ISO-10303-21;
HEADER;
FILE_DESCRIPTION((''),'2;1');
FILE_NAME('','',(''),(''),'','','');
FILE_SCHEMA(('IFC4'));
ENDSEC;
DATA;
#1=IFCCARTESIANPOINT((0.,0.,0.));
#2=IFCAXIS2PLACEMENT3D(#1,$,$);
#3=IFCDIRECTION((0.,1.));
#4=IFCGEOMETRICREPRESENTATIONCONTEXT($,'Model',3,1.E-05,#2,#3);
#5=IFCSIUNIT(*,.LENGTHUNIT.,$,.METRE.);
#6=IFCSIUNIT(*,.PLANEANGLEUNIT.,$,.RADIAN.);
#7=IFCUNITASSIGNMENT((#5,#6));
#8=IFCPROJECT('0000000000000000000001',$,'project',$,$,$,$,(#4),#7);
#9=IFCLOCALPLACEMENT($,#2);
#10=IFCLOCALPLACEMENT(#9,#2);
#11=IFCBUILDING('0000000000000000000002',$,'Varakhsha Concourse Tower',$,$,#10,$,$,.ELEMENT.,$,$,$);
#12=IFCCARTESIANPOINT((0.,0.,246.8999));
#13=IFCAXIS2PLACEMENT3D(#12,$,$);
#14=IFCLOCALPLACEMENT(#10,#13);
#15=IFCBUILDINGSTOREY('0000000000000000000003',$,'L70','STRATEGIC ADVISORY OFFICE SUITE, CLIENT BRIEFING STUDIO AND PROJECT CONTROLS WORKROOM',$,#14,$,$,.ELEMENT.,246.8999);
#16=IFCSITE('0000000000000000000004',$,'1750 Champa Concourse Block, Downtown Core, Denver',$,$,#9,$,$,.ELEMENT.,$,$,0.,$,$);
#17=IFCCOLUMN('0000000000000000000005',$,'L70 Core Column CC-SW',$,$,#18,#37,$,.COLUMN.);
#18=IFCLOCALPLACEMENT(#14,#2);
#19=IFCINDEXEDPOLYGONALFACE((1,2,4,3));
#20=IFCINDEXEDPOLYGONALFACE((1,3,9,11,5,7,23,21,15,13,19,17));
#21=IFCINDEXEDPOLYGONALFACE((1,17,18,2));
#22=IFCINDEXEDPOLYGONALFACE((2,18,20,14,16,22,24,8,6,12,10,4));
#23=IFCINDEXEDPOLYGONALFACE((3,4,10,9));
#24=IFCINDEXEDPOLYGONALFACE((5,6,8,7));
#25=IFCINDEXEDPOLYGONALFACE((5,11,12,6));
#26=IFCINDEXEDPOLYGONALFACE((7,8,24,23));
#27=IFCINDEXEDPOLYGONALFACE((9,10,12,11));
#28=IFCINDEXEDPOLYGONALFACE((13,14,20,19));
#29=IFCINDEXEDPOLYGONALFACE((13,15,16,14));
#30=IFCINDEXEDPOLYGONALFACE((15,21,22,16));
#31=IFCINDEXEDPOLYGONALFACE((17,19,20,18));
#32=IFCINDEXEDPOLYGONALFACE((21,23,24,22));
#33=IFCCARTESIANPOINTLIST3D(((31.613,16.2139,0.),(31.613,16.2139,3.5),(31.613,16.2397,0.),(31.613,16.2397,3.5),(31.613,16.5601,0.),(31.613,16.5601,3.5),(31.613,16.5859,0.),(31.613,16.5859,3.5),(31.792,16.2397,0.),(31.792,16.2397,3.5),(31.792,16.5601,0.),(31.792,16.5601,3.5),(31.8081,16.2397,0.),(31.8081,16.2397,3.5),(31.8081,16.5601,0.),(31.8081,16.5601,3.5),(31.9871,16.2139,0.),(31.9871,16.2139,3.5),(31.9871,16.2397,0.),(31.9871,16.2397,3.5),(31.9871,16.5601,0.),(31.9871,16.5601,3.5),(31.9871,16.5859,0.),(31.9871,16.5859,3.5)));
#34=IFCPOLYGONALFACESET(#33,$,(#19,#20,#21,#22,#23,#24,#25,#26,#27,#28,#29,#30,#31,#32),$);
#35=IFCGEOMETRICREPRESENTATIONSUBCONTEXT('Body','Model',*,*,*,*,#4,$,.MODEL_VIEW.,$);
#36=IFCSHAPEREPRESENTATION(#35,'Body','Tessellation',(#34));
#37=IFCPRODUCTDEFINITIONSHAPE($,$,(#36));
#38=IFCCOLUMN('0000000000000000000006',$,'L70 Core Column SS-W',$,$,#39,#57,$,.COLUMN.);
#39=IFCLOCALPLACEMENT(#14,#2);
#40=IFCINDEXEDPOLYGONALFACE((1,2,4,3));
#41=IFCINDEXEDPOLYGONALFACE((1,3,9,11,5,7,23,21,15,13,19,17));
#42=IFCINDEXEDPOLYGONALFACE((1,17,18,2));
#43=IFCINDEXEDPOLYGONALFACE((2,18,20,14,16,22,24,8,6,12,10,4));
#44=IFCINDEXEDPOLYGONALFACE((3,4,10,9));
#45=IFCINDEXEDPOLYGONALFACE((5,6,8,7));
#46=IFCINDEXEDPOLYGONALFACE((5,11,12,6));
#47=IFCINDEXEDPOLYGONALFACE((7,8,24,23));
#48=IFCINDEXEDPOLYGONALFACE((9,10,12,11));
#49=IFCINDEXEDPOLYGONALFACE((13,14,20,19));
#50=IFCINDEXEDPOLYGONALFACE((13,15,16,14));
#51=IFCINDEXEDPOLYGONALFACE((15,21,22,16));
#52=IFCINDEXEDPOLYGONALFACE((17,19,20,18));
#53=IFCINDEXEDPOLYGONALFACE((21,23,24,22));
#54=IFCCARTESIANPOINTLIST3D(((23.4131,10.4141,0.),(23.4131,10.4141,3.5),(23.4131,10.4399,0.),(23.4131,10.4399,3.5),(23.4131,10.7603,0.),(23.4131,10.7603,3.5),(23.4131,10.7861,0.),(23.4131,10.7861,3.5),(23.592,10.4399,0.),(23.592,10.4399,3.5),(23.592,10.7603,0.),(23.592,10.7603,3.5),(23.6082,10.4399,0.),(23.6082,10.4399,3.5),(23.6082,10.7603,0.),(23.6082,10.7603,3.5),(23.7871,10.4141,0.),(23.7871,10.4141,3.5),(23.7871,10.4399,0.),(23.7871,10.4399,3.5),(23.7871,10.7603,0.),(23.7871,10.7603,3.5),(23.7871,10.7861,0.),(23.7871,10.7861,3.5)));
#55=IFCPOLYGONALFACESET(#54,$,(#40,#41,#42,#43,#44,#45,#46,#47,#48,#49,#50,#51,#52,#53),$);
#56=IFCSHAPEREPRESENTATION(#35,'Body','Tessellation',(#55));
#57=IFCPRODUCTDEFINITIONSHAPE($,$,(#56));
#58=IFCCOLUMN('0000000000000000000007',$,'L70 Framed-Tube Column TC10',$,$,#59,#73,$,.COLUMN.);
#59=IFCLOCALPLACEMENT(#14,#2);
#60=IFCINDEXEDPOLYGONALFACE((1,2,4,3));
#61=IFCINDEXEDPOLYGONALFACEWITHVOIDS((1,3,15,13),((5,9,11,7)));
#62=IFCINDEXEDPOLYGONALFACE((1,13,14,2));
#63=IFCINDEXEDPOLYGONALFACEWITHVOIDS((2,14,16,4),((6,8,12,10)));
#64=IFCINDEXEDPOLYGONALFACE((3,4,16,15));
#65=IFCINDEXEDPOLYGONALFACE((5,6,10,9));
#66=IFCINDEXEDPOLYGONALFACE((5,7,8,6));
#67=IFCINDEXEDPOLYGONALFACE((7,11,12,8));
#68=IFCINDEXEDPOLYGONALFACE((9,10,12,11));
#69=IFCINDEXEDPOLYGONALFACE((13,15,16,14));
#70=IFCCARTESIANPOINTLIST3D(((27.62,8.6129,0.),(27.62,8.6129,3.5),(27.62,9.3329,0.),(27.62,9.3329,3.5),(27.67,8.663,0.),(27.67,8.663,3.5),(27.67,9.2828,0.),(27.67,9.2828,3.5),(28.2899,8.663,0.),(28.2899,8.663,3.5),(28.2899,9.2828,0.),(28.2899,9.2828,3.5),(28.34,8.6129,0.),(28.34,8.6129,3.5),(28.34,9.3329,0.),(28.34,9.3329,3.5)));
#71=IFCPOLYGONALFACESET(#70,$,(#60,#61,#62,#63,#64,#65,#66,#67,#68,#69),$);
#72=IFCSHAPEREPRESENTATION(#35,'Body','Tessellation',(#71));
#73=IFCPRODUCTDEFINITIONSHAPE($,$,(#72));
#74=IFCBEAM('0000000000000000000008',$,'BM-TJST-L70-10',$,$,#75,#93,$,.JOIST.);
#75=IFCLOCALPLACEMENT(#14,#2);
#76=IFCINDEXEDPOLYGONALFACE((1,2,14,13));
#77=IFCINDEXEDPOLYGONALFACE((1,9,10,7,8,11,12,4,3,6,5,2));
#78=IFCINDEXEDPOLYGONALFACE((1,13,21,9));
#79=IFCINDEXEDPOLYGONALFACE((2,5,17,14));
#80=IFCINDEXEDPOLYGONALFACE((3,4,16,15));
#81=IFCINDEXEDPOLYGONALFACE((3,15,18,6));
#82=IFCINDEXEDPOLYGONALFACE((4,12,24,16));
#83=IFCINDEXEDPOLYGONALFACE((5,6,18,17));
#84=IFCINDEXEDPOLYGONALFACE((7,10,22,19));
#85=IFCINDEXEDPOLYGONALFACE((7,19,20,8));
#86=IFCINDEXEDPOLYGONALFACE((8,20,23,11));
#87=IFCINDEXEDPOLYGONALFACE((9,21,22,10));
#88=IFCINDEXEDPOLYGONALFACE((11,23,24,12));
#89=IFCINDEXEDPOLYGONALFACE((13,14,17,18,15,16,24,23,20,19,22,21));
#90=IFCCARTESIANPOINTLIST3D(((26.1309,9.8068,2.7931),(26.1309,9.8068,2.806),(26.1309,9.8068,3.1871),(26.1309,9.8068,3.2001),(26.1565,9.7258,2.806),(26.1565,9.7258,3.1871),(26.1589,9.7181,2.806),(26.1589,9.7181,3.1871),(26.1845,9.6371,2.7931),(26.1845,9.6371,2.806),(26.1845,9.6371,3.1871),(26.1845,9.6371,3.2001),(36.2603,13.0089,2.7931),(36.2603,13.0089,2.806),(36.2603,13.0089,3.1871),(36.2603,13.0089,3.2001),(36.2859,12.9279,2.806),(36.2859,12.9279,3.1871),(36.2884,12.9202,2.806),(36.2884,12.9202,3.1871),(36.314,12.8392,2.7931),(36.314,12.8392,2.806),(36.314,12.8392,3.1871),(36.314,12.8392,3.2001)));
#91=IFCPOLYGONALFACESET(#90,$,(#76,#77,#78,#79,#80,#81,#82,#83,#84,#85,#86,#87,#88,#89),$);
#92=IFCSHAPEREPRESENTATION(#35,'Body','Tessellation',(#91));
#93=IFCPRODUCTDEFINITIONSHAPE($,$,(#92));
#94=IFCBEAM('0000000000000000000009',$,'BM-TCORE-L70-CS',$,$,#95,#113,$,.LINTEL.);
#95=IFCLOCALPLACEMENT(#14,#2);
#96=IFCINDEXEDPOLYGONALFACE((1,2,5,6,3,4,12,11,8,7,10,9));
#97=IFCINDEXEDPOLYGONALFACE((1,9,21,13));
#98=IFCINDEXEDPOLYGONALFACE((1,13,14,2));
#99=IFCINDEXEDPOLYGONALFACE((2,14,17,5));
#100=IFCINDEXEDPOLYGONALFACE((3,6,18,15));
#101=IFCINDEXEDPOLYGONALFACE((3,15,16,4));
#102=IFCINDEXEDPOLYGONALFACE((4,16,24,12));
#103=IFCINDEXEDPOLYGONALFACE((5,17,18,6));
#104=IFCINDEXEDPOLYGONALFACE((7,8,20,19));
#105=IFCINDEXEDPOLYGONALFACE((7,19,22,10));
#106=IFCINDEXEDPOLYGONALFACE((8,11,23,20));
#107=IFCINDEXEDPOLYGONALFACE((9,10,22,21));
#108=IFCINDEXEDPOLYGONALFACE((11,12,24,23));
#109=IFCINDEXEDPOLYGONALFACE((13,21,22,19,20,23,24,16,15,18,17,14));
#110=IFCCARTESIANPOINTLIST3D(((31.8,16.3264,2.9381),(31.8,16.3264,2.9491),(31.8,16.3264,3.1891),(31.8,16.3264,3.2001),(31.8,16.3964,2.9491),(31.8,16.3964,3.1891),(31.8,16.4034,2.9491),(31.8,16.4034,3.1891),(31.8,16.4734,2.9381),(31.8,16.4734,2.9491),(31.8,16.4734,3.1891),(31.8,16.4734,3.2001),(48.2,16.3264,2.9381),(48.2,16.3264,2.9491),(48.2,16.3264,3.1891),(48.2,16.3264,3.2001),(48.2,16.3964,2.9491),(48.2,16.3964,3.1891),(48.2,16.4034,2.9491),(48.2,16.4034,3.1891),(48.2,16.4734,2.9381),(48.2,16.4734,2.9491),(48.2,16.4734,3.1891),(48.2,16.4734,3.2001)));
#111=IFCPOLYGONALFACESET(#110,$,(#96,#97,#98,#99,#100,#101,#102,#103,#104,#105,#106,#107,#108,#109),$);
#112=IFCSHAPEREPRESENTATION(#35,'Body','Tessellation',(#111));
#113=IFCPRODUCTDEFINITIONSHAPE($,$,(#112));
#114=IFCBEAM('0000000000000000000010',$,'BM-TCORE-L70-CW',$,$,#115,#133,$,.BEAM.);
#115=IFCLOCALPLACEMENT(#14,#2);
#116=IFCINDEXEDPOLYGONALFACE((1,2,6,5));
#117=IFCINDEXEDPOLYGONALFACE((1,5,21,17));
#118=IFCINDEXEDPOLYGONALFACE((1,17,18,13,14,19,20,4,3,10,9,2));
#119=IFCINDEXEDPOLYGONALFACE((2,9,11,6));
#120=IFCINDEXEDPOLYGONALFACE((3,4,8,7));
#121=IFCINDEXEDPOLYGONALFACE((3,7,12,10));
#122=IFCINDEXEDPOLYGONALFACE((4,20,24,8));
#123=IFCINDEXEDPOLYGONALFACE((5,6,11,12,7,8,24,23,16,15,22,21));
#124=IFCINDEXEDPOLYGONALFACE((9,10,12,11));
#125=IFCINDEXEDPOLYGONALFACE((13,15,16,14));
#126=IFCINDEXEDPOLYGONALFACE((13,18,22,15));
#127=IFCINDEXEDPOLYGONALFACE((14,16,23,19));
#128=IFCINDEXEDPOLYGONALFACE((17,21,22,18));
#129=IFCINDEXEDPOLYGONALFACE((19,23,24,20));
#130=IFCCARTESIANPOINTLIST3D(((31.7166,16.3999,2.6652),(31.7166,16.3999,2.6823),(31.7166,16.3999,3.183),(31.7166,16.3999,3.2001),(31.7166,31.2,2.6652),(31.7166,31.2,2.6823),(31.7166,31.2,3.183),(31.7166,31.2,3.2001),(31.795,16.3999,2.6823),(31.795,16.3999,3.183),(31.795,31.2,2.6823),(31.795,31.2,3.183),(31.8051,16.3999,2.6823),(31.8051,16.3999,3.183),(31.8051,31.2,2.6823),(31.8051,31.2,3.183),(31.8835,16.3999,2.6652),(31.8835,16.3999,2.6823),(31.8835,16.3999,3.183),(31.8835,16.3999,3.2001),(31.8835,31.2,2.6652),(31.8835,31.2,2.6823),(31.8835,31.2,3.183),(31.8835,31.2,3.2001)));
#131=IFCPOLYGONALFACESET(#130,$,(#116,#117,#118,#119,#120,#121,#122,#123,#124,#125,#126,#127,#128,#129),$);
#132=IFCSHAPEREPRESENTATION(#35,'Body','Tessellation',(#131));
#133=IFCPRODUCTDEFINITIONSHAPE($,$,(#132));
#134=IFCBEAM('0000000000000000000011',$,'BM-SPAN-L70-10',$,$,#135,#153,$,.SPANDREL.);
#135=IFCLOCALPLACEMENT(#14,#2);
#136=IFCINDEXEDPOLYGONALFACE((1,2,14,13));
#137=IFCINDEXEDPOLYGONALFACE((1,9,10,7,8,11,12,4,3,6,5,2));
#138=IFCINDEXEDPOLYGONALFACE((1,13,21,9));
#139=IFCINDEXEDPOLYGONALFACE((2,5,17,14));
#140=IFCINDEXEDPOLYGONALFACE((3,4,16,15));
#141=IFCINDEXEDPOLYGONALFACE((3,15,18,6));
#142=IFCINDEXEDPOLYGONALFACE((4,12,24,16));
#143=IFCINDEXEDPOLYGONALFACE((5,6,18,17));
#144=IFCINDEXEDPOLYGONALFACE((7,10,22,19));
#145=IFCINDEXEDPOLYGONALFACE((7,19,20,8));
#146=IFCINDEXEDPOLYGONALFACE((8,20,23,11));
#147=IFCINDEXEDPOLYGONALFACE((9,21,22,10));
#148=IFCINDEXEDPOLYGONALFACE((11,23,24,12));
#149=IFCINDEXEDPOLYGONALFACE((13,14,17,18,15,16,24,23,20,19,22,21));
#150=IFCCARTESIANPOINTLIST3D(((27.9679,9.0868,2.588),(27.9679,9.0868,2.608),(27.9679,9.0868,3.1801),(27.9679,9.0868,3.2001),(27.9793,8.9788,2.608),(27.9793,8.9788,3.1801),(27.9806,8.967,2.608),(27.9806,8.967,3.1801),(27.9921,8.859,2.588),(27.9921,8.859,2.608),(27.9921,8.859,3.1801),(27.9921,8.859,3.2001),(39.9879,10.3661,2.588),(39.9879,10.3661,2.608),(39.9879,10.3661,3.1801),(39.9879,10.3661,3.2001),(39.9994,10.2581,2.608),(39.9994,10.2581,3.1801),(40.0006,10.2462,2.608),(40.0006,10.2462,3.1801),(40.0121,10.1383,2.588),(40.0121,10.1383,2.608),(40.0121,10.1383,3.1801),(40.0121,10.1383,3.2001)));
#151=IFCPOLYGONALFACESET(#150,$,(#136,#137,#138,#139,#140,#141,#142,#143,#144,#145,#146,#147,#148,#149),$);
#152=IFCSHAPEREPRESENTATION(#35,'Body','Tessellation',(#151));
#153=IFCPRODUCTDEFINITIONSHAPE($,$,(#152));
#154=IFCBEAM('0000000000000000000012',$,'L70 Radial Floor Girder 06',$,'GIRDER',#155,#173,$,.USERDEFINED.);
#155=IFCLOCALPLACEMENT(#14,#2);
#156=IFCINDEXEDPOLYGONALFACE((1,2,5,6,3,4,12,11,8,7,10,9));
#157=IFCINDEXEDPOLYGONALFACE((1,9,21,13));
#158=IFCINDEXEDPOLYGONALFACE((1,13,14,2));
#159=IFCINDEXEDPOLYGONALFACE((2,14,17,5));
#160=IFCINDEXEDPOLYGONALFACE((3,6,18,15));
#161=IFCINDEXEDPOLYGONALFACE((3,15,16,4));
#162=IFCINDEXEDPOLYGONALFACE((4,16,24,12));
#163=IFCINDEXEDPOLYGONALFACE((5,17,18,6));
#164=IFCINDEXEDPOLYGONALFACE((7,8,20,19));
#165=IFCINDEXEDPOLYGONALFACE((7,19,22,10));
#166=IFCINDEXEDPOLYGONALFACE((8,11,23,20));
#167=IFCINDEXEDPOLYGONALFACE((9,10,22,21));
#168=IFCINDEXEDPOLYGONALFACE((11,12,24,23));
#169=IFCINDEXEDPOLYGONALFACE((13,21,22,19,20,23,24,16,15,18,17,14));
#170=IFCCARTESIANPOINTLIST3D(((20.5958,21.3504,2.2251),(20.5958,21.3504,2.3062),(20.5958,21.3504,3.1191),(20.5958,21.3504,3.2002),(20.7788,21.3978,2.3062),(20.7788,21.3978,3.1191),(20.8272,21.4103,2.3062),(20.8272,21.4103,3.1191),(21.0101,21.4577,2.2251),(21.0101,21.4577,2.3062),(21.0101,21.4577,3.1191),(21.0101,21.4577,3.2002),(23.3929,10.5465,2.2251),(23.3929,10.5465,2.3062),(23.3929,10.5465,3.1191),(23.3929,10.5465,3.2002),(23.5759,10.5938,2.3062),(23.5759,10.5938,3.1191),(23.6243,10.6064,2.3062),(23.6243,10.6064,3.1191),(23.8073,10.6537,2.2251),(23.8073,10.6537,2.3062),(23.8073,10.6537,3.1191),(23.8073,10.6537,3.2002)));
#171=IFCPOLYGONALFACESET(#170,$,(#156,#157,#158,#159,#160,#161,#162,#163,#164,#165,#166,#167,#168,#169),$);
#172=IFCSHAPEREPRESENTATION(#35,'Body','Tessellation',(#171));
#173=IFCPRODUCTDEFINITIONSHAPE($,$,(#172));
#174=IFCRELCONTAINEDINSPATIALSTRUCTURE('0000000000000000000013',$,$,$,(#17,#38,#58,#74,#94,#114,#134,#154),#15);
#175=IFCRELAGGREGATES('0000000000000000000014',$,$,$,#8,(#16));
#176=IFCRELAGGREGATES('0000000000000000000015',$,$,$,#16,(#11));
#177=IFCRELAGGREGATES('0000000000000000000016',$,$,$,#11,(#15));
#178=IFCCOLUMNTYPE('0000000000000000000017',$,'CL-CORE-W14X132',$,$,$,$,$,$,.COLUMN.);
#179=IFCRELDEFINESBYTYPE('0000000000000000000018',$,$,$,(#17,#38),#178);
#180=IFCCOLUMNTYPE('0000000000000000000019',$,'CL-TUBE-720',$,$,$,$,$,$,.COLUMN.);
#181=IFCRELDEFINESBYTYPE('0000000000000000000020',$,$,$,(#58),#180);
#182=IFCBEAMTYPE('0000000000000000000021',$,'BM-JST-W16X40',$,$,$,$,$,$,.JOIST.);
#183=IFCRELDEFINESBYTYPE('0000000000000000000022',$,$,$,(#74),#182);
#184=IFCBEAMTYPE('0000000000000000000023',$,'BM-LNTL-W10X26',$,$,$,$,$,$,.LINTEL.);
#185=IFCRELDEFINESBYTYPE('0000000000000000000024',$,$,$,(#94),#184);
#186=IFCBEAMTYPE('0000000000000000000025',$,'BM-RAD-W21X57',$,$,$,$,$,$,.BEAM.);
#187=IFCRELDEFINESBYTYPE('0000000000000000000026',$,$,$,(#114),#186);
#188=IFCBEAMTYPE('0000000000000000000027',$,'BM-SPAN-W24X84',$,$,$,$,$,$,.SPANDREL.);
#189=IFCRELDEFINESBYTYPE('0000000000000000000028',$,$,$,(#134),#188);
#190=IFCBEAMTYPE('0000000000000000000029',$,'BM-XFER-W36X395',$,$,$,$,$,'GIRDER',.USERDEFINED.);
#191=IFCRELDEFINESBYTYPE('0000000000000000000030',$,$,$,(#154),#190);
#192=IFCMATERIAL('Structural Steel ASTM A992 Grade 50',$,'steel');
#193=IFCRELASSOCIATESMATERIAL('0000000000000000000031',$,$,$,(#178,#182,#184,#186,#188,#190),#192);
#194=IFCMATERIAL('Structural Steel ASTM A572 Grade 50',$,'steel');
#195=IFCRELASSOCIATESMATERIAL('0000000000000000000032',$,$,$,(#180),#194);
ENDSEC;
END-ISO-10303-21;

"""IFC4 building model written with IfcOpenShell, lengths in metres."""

from ifc_helpers import new_model, si_unit, direction, frame, origin, origin_2d, place, context, subcontext, project, spatial, hollow_rectangle, i_section, extrude, material, material_profile, profile_set, type_object, element, save


model = new_model("IFC4")

# Units and contexts
model_context = context("Model", 3, precision=1e-05, world=origin(), true_north=direction((0.0, 1.0)))
body_context = subcontext(model_context, "Body", "Model", "MODEL_VIEW")
ifc_project = project(units=[si_unit("LENGTHUNIT", "METRE"), si_unit("PLANEANGLEUNIT", "RADIAN")], contexts=[model_context])

# Site, building, storey
site_placement = place(None, origin())
site = spatial("IfcSite", under=ifc_project, at=site_placement, Name="1750 Champa Concourse Block, Downtown Core, Denver", CompositionType="ELEMENT", RefElevation=0.0)
building_placement = place(site_placement, origin())
building = spatial("IfcBuilding", under=site, at=building_placement, Name="Varakhsha Concourse Tower", CompositionType="ELEMENT")
storey_placement = place(building_placement, frame((0.0, 0.0, 246.8999)))
storey = spatial("IfcBuildingStorey", under=building, at=storey_placement, Name="L70", Description="STRATEGIC ADVISORY OFFICE SUITE, CLIENT BRIEFING STUDIO AND PROJECT CONTROLS WORKROOM", CompositionType="ELEMENT", Elevation=246.8999)

# Columns
ifc_material_1 = material(Name="Structural Steel ASTM A992 Grade 50", Category="steel")
ifc_material_profile_1 = material_profile(ifc_material_1, i_section(OverallWidth=0.374, OverallDepth=0.3721, WebThickness=0.0161, FlangeThickness=0.0259, at=origin_2d()), Name="W14X132")
ifc_profile_set_1 = profile_set([ifc_material_profile_1], Name="Structural Steel ASTM A992 Grade 50")
column_type_1 = type_object("IfcColumnType", Name="CL-CORE-W14X132", PredefinedType="COLUMN", material=ifc_profile_set_1)
for number, where, z_axis, x_axis, name in (
    (1, (31.8, 16.3999, 0.0), (0.0, 0.0, 1.0), (1.0, 0.0, 0.0), "L70 Core Column CC-SW"),
    (2, (23.6001, 10.6001, 0.0), (0.0, 0.0, 1.0), (1.0, 0.0, 0.0), "L70 Core Column SS-W"),
):
    element("IfcColumn", number, at=place(storey_placement, frame(where, z_axis=z_axis, x_axis=x_axis)), inside=storey, type_object=column_type_1, Name=name, PredefinedType="COLUMN", context=body_context, shape_type="SweptSolid", body=[
        extrude(i_section(OverallWidth=0.374, OverallDepth=0.3721, WebThickness=0.0161, FlangeThickness=0.0259, at=origin_2d()), origin(), (0.0, 0.0, 1.0), 3.5),
    ])
ifc_material_2 = material(Name="Structural Steel ASTM A572 Grade 50", Category="steel")
ifc_material_profile_2 = material_profile(ifc_material_2, hollow_rectangle(XDim=0.72, YDim=0.72, WallThickness=0.05, at=origin_2d()), Name="BOX 720x720x50")
ifc_profile_set_2 = profile_set([ifc_material_profile_2], Name="Structural Steel ASTM A572 Grade 50")
column_type_2 = type_object("IfcColumnType", Name="CL-TUBE-720", PredefinedType="COLUMN", material=ifc_profile_set_2)
column_placement = place(storey_placement, frame((27.98, 8.9729, 0.0), z_axis=(0.0, 0.0, 1.0), x_axis=(1.0, 0.0, 0.0)))
element("IfcColumn", 3, at=column_placement, inside=storey, type_object=column_type_2, Name="L70 Framed-Tube Column TC10", PredefinedType="COLUMN", context=body_context, shape_type="SweptSolid", body=[
    extrude(hollow_rectangle(XDim=0.72, YDim=0.72, WallThickness=0.05, at=origin_2d()), origin(), (0.0, 0.0, 1.0), 3.5),
])

# Beams
ifc_material_profile_3 = material_profile(ifc_material_1, i_section(OverallWidth=0.178, OverallDepth=0.407, WebThickness=0.0081, FlangeThickness=0.0129, at=origin_2d()), Name="W16X40")
ifc_profile_set_3 = profile_set([ifc_material_profile_3], Name="Structural Steel ASTM A992 Grade 50")
beam_type_1 = type_object("IfcBeamType", Name="BM-JST-W16X40", PredefinedType="JOIST", material=ifc_profile_set_3)
beam_1_placement = place(storey_placement, frame((26.1577, 9.7219, 2.9966), z_axis=(0.953491, 0.301422, 0.0), x_axis=(-0.301422, 0.953491, 0.0)))
element("IfcBeam", 4, at=beam_1_placement, inside=storey, type_object=beam_type_1, Name="BM-TJST-L70-10", PredefinedType="JOIST", context=body_context, shape_type="SweptSolid", body=[
    extrude(i_section(OverallWidth=0.178, OverallDepth=0.407, WebThickness=0.0081, FlangeThickness=0.0129, at=origin_2d()), origin(), (0.0, 0.0, 1.0), 10.6235),
])
ifc_material_profile_4 = material_profile(ifc_material_1, i_section(OverallWidth=0.147, OverallDepth=0.262, WebThickness=0.0071, FlangeThickness=0.011, at=origin_2d()), Name="W10X26")
ifc_profile_set_4 = profile_set([ifc_material_profile_4], Name="Structural Steel ASTM A992 Grade 50")
beam_type_2 = type_object("IfcBeamType", Name="BM-LNTL-W10X26", PredefinedType="LINTEL", material=ifc_profile_set_4)
beam_2_placement = place(storey_placement, frame((31.8, 16.3999, 3.0691), z_axis=(1.0, 0.0, 0.0), x_axis=(0.0, 1.0, 0.0)))
element("IfcBeam", 5, at=beam_2_placement, inside=storey, type_object=beam_type_2, Name="BM-TCORE-L70-CS", PredefinedType="LINTEL", context=body_context, shape_type="SweptSolid", body=[
    extrude(i_section(OverallWidth=0.147, OverallDepth=0.262, WebThickness=0.0071, FlangeThickness=0.011, at=origin_2d()), origin(), (0.0, 0.0, 1.0), 16.3999),
])
ifc_material_profile_5 = material_profile(ifc_material_1, i_section(OverallWidth=0.167, OverallDepth=0.5349, WebThickness=0.01, FlangeThickness=0.0171, at=origin_2d()), Name="W21X57")
ifc_profile_set_5 = profile_set([ifc_material_profile_5], Name="Structural Steel ASTM A992 Grade 50")
beam_type_3 = type_object("IfcBeamType", Name="BM-RAD-W21X57", PredefinedType="BEAM", material=ifc_profile_set_5)
beam_3_placement = place(storey_placement, frame((31.8, 16.3999, 2.9326), z_axis=(0.0, 1.0, 0.0), x_axis=(-1.0, 0.0, 0.0)))
element("IfcBeam", 6, at=beam_3_placement, inside=storey, type_object=beam_type_3, Name="BM-TCORE-L70-CW", PredefinedType="BEAM", context=body_context, shape_type="SweptSolid", body=[
    extrude(i_section(OverallWidth=0.167, OverallDepth=0.5349, WebThickness=0.01, FlangeThickness=0.0171, at=origin_2d()), origin(), (0.0, 0.0, 1.0), 14.8),
])
ifc_material_profile_6 = material_profile(ifc_material_1, i_section(OverallWidth=0.229, OverallDepth=0.6121, WebThickness=0.012, FlangeThickness=0.02, at=origin_2d()), Name="W24X84")
ifc_profile_set_6 = profile_set([ifc_material_profile_6], Name="Structural Steel ASTM A992 Grade 50")
beam_type_4 = type_object("IfcBeamType", Name="BM-SPAN-W24X84", PredefinedType="SPANDREL", material=ifc_profile_set_6)
beam_4_placement = place(storey_placement, frame((27.98, 8.9729, 2.894), z_axis=(0.994384, 0.105833, 0.0), x_axis=(-0.105833, 0.994384, 0.0)))
element("IfcBeam", 7, at=beam_4_placement, inside=storey, type_object=beam_type_4, Name="BM-SPAN-L70-10", PredefinedType="SPANDREL", context=body_context, shape_type="SweptSolid", body=[
    extrude(i_section(OverallWidth=0.229, OverallDepth=0.6121, WebThickness=0.012, FlangeThickness=0.02, at=origin_2d()), origin(), (0.0, 0.0, 1.0), 12.0879),
])
ifc_material_profile_7 = material_profile(ifc_material_1, i_section(OverallWidth=0.428, OverallDepth=0.9751, WebThickness=0.05, FlangeThickness=0.0811, at=origin_2d()), Name="W36X395")
ifc_profile_set_7 = profile_set([ifc_material_profile_7], Name="Structural Steel ASTM A992 Grade 50")
beam_type_5 = type_object("IfcBeamType", Name="BM-XFER-W36X395", ElementType="GIRDER", PredefinedType="USERDEFINED", material=ifc_profile_set_7)
beam_5_placement = place(storey_placement, frame((23.6001, 10.6001, 2.7126), z_axis=(-0.250634, 0.968082, 0.0), x_axis=(-0.968082, -0.250634, 0.0)))
element("IfcBeam", 8, at=beam_5_placement, inside=storey, type_object=beam_type_5, Name="L70 Radial Floor Girder 06", ObjectType="GIRDER", PredefinedType="USERDEFINED", context=body_context, shape_type="SweptSolid", body=[
    extrude(i_section(OverallWidth=0.428, OverallDepth=0.9751, WebThickness=0.05, FlangeThickness=0.0811, at=origin_2d()), origin(), (0.0, 0.0, 1.0), 11.1602),
])

save(model, "model.ifc")
